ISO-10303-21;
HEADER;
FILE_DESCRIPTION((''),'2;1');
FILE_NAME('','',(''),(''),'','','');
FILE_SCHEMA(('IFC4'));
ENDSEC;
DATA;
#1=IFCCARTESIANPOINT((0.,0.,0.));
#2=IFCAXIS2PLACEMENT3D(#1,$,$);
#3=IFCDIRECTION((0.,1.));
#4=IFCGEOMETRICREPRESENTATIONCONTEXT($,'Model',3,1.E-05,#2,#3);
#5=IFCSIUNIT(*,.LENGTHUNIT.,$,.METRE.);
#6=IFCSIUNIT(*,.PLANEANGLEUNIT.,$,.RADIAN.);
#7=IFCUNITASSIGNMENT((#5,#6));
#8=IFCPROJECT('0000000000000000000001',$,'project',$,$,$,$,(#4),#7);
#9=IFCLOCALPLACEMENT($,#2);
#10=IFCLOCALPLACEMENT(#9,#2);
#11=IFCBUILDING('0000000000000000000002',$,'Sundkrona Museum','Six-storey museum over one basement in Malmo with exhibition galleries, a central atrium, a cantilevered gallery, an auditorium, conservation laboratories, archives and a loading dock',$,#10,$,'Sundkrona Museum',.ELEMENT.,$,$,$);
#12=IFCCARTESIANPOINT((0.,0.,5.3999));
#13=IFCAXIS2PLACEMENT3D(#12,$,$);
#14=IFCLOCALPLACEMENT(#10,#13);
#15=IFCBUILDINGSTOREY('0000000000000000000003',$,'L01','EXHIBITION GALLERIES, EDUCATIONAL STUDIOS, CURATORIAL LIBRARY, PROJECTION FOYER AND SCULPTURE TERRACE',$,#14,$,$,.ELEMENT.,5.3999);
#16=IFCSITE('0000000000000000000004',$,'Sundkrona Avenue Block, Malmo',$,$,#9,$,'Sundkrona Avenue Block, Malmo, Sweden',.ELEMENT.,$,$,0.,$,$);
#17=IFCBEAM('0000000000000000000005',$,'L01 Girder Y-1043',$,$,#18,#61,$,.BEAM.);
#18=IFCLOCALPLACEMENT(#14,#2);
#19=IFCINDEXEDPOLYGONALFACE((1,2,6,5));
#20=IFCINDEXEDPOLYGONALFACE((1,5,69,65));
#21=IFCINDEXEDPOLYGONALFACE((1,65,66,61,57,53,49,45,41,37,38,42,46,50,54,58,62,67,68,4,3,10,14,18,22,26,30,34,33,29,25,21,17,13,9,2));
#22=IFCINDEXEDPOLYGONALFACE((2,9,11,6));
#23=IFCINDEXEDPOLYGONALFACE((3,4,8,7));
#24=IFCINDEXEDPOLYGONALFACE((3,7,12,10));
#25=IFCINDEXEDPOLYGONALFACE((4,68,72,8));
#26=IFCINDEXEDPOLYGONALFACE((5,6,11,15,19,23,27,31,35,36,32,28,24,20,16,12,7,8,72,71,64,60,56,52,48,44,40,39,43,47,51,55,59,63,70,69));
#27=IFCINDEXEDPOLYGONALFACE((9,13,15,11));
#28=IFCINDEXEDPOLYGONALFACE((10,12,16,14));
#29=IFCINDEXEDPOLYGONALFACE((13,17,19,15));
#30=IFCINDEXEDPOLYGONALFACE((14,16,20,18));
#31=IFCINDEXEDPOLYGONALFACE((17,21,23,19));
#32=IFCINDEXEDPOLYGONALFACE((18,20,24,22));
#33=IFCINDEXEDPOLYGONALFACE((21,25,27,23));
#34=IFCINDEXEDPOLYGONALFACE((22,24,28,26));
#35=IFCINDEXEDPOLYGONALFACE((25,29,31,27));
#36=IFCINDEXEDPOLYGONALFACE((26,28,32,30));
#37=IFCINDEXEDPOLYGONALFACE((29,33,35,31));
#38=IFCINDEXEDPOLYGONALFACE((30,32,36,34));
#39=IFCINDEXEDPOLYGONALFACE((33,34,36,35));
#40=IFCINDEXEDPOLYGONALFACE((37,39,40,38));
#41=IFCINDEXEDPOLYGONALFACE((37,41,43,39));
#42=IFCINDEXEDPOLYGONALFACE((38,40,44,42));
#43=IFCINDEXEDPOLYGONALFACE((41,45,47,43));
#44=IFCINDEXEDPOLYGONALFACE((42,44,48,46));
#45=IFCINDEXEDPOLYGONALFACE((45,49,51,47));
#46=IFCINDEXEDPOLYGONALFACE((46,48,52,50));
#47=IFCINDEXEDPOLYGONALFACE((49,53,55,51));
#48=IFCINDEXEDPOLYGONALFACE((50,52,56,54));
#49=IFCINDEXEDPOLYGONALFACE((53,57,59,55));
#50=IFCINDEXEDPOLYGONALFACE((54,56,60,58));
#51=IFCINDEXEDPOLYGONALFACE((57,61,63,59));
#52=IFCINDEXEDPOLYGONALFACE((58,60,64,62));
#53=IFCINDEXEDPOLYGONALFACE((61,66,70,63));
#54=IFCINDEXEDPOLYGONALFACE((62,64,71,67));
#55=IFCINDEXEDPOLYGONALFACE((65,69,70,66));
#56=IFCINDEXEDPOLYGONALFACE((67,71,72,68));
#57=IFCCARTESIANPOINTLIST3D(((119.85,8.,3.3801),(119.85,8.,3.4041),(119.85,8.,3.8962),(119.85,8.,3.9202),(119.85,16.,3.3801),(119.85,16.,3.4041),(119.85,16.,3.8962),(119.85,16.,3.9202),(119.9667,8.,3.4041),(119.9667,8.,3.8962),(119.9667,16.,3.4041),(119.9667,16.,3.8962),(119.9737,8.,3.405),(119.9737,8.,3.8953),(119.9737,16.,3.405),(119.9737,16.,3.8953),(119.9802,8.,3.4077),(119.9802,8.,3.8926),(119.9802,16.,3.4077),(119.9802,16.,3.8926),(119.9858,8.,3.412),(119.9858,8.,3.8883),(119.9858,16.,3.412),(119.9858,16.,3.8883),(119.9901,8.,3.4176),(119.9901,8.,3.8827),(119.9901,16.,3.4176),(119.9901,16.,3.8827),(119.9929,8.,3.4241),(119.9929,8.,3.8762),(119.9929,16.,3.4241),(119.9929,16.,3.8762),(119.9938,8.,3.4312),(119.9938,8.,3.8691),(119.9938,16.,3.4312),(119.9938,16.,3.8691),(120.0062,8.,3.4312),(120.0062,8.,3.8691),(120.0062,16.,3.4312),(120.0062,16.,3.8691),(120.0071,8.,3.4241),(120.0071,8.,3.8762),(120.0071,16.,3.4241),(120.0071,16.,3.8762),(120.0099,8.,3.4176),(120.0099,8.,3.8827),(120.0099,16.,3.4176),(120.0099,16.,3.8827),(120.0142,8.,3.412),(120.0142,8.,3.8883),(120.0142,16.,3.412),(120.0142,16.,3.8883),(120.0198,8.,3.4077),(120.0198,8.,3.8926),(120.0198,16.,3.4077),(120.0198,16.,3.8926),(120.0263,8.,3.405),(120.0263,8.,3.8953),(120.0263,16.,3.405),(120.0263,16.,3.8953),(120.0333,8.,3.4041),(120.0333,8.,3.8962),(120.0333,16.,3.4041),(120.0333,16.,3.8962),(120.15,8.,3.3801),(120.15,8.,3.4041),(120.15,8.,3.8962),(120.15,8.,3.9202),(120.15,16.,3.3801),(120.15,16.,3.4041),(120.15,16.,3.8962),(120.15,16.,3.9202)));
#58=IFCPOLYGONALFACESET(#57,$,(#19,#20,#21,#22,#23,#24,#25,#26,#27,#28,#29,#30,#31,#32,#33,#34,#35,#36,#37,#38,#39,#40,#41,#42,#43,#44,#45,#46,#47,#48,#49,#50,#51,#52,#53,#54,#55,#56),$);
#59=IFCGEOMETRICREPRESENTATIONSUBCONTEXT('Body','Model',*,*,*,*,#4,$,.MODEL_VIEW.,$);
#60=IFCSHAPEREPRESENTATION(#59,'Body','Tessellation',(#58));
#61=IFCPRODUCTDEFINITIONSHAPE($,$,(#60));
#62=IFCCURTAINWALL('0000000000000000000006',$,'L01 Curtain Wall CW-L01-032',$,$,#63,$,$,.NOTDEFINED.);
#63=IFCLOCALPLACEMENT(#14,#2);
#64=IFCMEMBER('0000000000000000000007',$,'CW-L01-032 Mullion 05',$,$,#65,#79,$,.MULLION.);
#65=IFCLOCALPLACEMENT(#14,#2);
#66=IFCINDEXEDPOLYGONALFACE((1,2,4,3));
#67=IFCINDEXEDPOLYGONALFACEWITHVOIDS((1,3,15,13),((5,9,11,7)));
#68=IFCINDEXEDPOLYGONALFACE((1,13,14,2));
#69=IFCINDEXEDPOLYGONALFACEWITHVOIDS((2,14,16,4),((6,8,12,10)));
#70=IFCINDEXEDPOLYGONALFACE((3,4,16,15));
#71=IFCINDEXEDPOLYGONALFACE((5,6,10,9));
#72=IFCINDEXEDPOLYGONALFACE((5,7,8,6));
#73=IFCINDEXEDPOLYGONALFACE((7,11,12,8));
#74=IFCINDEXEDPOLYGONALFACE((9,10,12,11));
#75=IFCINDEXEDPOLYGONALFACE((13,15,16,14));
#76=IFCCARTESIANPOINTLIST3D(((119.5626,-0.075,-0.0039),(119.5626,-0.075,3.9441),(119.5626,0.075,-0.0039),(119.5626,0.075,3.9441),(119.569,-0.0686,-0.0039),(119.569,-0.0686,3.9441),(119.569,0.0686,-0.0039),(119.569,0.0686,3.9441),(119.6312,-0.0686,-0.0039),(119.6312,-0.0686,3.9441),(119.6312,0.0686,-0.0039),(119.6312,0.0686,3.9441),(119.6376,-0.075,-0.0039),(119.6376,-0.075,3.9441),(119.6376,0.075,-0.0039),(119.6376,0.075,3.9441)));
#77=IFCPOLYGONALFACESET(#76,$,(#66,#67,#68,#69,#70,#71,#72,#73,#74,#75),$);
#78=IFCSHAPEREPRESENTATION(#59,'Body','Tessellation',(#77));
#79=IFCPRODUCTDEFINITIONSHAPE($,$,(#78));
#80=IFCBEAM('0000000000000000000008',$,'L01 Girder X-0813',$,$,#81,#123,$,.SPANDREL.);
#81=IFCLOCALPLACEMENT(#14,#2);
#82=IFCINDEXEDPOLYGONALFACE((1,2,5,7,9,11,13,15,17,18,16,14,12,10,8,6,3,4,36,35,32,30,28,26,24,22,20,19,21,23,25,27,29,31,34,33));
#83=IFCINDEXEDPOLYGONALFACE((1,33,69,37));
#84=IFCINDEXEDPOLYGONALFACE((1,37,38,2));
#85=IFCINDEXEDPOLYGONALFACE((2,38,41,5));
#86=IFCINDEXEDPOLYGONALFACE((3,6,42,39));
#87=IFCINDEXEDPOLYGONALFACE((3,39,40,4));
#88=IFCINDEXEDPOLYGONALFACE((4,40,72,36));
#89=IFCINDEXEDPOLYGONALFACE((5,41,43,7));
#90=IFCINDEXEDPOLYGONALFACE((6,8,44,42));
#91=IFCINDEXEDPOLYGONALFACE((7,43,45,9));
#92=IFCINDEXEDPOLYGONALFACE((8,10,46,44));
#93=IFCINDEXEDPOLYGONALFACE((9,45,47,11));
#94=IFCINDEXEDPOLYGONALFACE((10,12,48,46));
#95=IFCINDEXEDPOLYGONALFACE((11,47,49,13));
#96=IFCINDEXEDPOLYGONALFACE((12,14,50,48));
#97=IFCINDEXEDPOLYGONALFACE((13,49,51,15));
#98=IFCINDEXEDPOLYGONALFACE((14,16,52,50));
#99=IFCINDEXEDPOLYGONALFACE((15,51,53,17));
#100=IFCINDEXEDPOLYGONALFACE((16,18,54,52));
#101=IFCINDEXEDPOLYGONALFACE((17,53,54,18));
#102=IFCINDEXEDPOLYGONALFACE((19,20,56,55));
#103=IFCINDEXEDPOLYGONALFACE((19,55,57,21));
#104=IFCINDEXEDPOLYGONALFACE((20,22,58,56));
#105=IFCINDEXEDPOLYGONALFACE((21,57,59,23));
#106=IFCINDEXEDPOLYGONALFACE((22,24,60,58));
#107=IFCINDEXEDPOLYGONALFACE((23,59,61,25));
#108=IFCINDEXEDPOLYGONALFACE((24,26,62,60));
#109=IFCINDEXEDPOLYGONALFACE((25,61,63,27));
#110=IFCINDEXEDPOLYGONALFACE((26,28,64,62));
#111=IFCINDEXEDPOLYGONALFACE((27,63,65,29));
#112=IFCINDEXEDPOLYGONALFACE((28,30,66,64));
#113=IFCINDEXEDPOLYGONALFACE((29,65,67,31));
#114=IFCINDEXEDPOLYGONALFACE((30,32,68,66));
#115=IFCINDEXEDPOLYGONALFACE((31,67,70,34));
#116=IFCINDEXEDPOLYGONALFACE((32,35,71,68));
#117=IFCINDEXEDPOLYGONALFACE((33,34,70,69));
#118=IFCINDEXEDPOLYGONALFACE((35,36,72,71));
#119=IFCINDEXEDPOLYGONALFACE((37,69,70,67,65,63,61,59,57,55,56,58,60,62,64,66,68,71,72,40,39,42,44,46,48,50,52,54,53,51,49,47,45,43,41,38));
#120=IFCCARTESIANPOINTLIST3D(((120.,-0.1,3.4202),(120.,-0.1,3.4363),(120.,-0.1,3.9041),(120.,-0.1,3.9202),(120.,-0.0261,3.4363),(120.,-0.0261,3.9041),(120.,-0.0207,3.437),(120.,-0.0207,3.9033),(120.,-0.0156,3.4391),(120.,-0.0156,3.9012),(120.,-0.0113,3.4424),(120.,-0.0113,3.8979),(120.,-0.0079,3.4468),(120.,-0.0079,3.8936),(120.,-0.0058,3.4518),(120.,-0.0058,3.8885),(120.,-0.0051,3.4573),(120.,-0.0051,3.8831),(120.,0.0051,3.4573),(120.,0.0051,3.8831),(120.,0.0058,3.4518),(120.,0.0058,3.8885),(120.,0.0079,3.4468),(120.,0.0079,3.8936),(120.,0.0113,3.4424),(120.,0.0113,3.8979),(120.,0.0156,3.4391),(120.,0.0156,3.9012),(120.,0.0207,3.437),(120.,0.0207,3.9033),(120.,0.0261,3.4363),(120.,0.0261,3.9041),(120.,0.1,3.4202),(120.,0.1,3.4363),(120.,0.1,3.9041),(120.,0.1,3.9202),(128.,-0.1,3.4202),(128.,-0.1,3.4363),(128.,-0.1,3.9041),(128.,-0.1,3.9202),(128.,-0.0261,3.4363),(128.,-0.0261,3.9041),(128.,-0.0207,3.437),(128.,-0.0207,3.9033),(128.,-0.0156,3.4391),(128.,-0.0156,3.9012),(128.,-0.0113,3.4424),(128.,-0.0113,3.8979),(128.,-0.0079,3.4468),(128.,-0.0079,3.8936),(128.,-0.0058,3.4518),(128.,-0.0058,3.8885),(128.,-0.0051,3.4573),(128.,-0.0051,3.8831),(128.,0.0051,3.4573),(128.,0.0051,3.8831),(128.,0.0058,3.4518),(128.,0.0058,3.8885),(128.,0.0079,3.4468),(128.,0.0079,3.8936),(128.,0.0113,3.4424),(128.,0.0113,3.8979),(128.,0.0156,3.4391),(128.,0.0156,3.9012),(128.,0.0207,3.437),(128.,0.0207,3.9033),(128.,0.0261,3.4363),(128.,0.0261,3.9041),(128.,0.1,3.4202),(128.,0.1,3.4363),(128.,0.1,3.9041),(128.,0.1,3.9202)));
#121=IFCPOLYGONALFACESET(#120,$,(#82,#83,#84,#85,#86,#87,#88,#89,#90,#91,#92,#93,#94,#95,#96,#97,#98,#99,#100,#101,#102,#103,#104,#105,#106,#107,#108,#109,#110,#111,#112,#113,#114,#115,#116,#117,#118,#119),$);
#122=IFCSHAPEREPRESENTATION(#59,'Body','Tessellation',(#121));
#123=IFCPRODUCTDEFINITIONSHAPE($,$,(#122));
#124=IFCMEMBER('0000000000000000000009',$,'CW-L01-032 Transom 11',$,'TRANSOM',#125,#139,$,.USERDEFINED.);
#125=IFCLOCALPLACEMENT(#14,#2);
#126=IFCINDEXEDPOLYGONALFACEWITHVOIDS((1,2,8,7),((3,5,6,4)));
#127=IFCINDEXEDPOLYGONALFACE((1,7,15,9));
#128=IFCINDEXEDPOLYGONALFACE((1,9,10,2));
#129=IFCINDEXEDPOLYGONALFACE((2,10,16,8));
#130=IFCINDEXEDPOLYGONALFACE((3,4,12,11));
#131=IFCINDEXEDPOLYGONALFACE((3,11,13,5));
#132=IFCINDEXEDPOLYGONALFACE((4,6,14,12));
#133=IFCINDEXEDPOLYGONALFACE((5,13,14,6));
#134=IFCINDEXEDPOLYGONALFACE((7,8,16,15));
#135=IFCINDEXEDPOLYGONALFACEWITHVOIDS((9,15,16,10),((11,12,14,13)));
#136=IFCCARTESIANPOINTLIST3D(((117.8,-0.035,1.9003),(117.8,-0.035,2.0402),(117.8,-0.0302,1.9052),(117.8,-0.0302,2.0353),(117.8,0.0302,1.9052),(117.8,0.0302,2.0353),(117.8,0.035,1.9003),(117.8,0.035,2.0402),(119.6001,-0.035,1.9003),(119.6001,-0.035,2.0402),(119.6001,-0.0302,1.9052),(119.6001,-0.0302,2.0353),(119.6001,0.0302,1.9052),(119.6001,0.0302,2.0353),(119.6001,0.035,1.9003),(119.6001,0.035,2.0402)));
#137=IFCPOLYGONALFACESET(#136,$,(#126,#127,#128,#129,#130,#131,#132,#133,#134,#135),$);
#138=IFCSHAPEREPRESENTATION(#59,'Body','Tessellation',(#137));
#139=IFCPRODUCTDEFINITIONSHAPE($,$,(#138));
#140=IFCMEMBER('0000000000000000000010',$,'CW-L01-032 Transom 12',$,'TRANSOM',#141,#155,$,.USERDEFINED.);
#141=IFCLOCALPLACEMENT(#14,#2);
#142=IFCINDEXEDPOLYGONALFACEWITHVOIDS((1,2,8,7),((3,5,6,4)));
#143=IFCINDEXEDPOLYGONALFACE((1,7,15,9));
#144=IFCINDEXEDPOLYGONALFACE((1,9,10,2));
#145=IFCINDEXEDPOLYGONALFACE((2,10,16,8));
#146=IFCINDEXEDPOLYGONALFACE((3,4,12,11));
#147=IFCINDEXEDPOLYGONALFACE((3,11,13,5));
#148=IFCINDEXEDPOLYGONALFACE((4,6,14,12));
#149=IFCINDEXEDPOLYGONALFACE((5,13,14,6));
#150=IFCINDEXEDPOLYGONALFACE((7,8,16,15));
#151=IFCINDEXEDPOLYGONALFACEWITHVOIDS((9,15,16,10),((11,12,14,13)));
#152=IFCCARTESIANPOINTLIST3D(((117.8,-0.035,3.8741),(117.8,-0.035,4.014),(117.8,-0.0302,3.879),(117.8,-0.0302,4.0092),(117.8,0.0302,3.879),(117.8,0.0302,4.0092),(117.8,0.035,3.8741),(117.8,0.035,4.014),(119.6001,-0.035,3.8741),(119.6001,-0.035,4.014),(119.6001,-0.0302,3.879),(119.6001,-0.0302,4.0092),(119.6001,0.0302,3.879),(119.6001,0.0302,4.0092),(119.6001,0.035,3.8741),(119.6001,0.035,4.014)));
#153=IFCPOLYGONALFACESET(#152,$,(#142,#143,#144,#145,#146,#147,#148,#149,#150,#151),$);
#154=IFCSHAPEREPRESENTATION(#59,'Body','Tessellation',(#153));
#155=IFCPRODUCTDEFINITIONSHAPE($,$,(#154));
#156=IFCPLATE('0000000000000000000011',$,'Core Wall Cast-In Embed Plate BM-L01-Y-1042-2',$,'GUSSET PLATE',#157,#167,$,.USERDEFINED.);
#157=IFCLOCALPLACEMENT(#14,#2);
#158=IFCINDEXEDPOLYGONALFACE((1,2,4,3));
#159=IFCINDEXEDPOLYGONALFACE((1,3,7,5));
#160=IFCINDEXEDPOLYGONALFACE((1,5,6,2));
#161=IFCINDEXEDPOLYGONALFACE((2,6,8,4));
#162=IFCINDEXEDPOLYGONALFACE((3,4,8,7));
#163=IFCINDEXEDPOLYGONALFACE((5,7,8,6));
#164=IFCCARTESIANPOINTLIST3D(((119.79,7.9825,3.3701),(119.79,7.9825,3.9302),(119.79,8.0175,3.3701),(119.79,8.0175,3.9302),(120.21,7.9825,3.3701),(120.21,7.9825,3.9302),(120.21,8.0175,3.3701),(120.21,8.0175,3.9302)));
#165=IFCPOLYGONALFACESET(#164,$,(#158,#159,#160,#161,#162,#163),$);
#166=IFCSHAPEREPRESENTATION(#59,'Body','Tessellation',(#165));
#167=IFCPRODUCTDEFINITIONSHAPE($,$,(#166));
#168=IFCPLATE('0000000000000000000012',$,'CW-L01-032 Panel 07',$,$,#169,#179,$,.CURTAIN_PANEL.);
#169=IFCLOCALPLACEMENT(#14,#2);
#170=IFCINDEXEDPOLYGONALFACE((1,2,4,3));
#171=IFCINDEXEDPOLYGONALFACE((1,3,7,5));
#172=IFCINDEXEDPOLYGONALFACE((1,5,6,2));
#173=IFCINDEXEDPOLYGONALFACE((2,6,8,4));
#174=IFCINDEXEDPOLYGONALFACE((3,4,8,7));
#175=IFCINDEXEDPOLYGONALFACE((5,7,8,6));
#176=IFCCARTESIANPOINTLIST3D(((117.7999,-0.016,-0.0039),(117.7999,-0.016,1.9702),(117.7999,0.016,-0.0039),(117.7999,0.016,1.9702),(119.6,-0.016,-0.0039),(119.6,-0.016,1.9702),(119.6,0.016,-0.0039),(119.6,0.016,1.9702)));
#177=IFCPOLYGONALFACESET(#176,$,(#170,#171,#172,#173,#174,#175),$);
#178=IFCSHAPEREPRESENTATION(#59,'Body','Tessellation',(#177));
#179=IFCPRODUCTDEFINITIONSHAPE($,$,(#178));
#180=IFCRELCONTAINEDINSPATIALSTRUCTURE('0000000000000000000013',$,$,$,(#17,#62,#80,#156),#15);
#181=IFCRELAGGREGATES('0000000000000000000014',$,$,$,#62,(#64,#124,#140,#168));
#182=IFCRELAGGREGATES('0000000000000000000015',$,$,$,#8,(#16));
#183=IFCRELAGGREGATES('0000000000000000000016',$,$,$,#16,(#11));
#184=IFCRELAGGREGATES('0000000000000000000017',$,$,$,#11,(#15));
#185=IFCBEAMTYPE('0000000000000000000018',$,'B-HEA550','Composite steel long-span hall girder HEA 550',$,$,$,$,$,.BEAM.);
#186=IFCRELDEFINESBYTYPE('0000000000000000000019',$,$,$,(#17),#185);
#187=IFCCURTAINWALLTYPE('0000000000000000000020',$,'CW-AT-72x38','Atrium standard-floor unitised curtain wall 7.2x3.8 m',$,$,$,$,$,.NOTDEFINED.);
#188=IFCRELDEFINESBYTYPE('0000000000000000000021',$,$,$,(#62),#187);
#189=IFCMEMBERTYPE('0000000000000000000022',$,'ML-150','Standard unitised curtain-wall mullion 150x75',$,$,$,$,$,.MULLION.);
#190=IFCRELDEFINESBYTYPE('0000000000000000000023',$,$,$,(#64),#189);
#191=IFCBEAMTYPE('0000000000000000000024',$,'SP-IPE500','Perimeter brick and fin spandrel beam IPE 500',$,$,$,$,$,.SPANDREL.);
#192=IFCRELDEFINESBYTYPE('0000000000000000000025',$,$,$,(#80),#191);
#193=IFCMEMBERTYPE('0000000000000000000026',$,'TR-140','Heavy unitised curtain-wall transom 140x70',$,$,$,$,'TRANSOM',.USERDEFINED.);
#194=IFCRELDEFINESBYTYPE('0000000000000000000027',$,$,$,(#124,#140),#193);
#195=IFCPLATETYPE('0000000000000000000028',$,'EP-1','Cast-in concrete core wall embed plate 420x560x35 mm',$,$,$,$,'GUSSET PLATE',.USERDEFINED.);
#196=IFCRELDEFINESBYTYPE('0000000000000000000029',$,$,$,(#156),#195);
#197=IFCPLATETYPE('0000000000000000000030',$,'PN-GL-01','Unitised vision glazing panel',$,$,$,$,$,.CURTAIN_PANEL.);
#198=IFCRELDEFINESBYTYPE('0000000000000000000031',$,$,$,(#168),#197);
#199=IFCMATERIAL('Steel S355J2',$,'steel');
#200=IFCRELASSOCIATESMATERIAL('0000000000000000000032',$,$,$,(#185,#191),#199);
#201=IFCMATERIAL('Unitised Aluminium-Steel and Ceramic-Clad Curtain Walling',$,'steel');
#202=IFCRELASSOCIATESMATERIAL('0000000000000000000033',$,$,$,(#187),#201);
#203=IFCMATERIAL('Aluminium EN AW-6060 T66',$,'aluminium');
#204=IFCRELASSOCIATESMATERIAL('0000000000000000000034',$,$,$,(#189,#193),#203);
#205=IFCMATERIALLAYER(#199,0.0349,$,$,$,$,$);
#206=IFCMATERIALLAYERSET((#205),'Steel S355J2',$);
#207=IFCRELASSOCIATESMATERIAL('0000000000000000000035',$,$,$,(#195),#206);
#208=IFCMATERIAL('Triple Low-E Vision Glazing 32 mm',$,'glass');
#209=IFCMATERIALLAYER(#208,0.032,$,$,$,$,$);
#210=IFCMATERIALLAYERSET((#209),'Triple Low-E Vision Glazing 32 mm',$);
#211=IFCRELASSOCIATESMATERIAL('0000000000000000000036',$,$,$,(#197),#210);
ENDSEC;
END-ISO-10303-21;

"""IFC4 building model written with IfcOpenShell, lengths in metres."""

from ifc_helpers import new_model, si_unit, direction, frame, origin, origin_2d, place, context, subcontext, project, spatial, rectangle, hollow_rectangle, i_section, extrude, material, layer, layer_set, material_profile, profile_set, type_object, element, aggregate, save


model = new_model("IFC4")

# Units and contexts
model_context = context("Model", 3, precision=1e-05, world=origin(), true_north=direction((0.0, 1.0)))
body_context = subcontext(model_context, "Body", "Model", "MODEL_VIEW")
ifc_project = project(units=[si_unit("LENGTHUNIT", "METRE"), si_unit("PLANEANGLEUNIT", "RADIAN")], contexts=[model_context])

# Site, building, storey
site_placement = place(None, origin())
site = spatial("IfcSite", under=ifc_project, at=site_placement, Name="Sundkrona Avenue Block, Malmo", LongName="Sundkrona Avenue Block, Malmo, Sweden", CompositionType="ELEMENT", RefElevation=0.0)
building_placement = place(site_placement, origin())
building = spatial("IfcBuilding", under=site, at=building_placement, Name="Sundkrona Museum", Description="Six-storey museum over one basement in Malmo with exhibition galleries, a central atrium, a cantilevered gallery, an auditorium, conservation laboratories, archives and a loading dock", LongName="Sundkrona Museum", CompositionType="ELEMENT")
storey_placement = place(building_placement, frame((0.0, 0.0, 5.3999)))
storey = spatial("IfcBuildingStorey", under=building, at=storey_placement, Name="L01", Description="EXHIBITION GALLERIES, EDUCATIONAL STUDIOS, CURATORIAL LIBRARY, PROJECTION FOYER AND SCULPTURE TERRACE", CompositionType="ELEMENT", Elevation=5.3999)

# Shared definitions
ifc_material_1 = material(Name="Steel S355J2", Category="steel")

# Beam
ifc_material_profile_1 = material_profile(ifc_material_1, i_section(OverallWidth=0.3, OverallDepth=0.54, WebThickness=0.0125, FlangeThickness=0.0239, FilletRadius=0.0271, at=origin_2d()), Name="HEA 550")
ifc_profile_set_1 = profile_set([ifc_material_profile_1], Name="Steel S355J2")
beam_type_1 = type_object("IfcBeamType", Name="B-HEA550", Description="Composite steel long-span hall girder HEA 550", PredefinedType="BEAM", material=ifc_profile_set_1)
for number, where, z_axis, x_axis, name in (
    (1, (120.0, 8.0, 3.6501), (0.0, 1.0, 0.0), (-1.0, 0.0, 0.0), "L01 Girder Y-1043"),
):
    element("IfcBeam", number, at=place(storey_placement, frame(where, z_axis=z_axis, x_axis=x_axis)), inside=storey, type_object=beam_type_1, Name=name, PredefinedType="BEAM", context=body_context, shape_type="SweptSolid", body=[
        extrude(i_section(OverallWidth=0.3, OverallDepth=0.54, WebThickness=0.0125, FlangeThickness=0.0239, FilletRadius=0.0271, at=origin_2d()), origin(), (0.0, 0.0, 1.0), 8.0),
    ])

# Curtain wall, member
ifc_material_2 = material(Name="Unitised Aluminium-Steel and Ceramic-Clad Curtain Walling", Category="steel")
curtain_wall_type = type_object("IfcCurtainWallType", Name="CW-AT-72x38", Description="Atrium standard-floor unitised curtain wall 7.2x3.8 m", PredefinedType="NOTDEFINED", material=ifc_material_2)
curtain_wall_placement = place(storey_placement, origin())
curtain_wall = element("IfcCurtainWall", 2, at=curtain_wall_placement, inside=storey, type_object=curtain_wall_type, Name="L01 Curtain Wall CW-L01-032", PredefinedType="NOTDEFINED")
ifc_material_3 = material(Name="Aluminium EN AW-6060 T66", Category="aluminium")
ifc_material_profile_2 = material_profile(ifc_material_3, hollow_rectangle(XDim=0.075, YDim=0.1499, WallThickness=0.0063, at=origin_2d()), Name="RHS 150x75x6.3")
ifc_profile_set_2 = profile_set([ifc_material_profile_2], Name="Aluminium EN AW-6060 T66")
member_type_1 = type_object("IfcMemberType", Name="ML-150", Description="Standard unitised curtain-wall mullion 150x75", PredefinedType="MULLION", material=ifc_profile_set_2)
member_1_placement = place(storey_placement, frame((119.6001, 0.0, -0.0039), z_axis=(0.0, 0.0, 1.0), x_axis=(1.0, 0.0, 0.0)))
member_1 = element("IfcMember", 3, at=member_1_placement, type_object=member_type_1, Name="CW-L01-032 Mullion 05", PredefinedType="MULLION", context=body_context, shape_type="SweptSolid", body=[
    extrude(hollow_rectangle(XDim=0.075, YDim=0.1499, WallThickness=0.0063, at=origin_2d()), origin(), (0.0, 0.0, 1.0), 3.948),
])

# Beam
ifc_material_profile_3 = material_profile(ifc_material_1, i_section(OverallWidth=0.2, OverallDepth=0.5, WebThickness=0.0103, FlangeThickness=0.0161, FilletRadius=0.021, at=origin_2d()), Name="IPE 500")
ifc_profile_set_3 = profile_set([ifc_material_profile_3], Name="Steel S355J2")
beam_type_2 = type_object("IfcBeamType", Name="SP-IPE500", Description="Perimeter brick and fin spandrel beam IPE 500", PredefinedType="SPANDREL", material=ifc_profile_set_3)
beam_placement = place(storey_placement, frame((120.0, 0.0, 3.6702), z_axis=(1.0, 0.0, 0.0), x_axis=(0.0, 1.0, 0.0)))
element("IfcBeam", 4, at=beam_placement, inside=storey, type_object=beam_type_2, Name="L01 Girder X-0813", PredefinedType="SPANDREL", context=body_context, shape_type="SweptSolid", body=[
    extrude(i_section(OverallWidth=0.2, OverallDepth=0.5, WebThickness=0.0103, FlangeThickness=0.0161, FilletRadius=0.021, at=origin_2d()), origin(), (0.0, 0.0, 1.0), 8.0),
])

# Members
ifc_material_profile_4 = material_profile(ifc_material_3, hollow_rectangle(XDim=0.0701, YDim=0.1399, WallThickness=0.0049, at=origin_2d()), Name="RHS 140x70x5.0")
ifc_profile_set_4 = profile_set([ifc_material_profile_4], Name="Aluminium EN AW-6060 T66")
member_type_2 = type_object("IfcMemberType", Name="TR-140", Description="Heavy unitised curtain-wall transom 140x70", ElementType="TRANSOM", PredefinedType="USERDEFINED", material=ifc_profile_set_4)
member_2_placement = place(storey_placement, frame((117.8, 0.0, 1.9702), z_axis=(1.0, 0.0, 0.0), x_axis=(0.0, 1.0, 0.0)))
member_2 = element("IfcMember", 5, at=member_2_placement, type_object=member_type_2, Name="CW-L01-032 Transom 11", ObjectType="TRANSOM", PredefinedType="USERDEFINED", context=body_context, shape_type="SweptSolid", body=[
    extrude(hollow_rectangle(XDim=0.0701, YDim=0.1399, WallThickness=0.0049, at=origin_2d()), origin(), (0.0, 0.0, 1.0), 1.8),
])
member_3_placement = place(storey_placement, frame((117.8, 0.0, 3.9441), z_axis=(1.0, 0.0, 0.0), x_axis=(0.0, 1.0, 0.0)))
member_3 = element("IfcMember", 6, at=member_3_placement, type_object=member_type_2, Name="CW-L01-032 Transom 12", ObjectType="TRANSOM", PredefinedType="USERDEFINED", context=body_context, shape_type="SweptSolid", body=[
    extrude(hollow_rectangle(XDim=0.0701, YDim=0.1399, WallThickness=0.0049, at=origin_2d()), origin(), (0.0, 0.0, 1.0), 1.8),
])

# Plates
ifc_layer_1 = layer(ifc_material_1, 0.0349)
ifc_layer_set_1 = layer_set([ifc_layer_1], Name="Steel S355J2")
plate_type_1 = type_object("IfcPlateType", Name="EP-1", Description="Cast-in concrete core wall embed plate 420x560x35 mm", ElementType="GUSSET PLATE", PredefinedType="USERDEFINED", material=ifc_layer_set_1)
plate_1_placement = place(storey_placement, frame((120.0, 8.0, 3.3701), z_axis=(0.0, 0.0, 1.0), x_axis=(1.0, 0.0, 0.0)))
element("IfcPlate", 7, at=plate_1_placement, inside=storey, type_object=plate_type_1, Name="Core Wall Cast-In Embed Plate BM-L01-Y-1042-2", ObjectType="GUSSET PLATE", PredefinedType="USERDEFINED", context=body_context, shape_type="SweptSolid", body=[
    extrude(rectangle(XDim=0.4199, YDim=0.0349, at=origin_2d()), origin(), (0.0, 0.0, 1.0), 0.5601),
])
ifc_material_4 = material(Name="Triple Low-E Vision Glazing 32 mm", Category="glass")
ifc_layer_2 = layer(ifc_material_4, 0.032)
ifc_layer_set_2 = layer_set([ifc_layer_2], Name="Triple Low-E Vision Glazing 32 mm")
plate_type_2 = type_object("IfcPlateType", Name="PN-GL-01", Description="Unitised vision glazing panel", PredefinedType="CURTAIN_PANEL", material=ifc_layer_set_2)
plate_2_placement = place(storey_placement, frame((118.7, 0.0, -0.0039), z_axis=(0.0, 0.0, 1.0), x_axis=(1.0, 0.0, 0.0)))
plate_2 = element("IfcPlate", 8, at=plate_2_placement, type_object=plate_type_2, Name="CW-L01-032 Panel 07", PredefinedType="CURTAIN_PANEL", context=body_context, shape_type="SweptSolid", body=[
    extrude(rectangle(XDim=1.8, YDim=0.032, at=origin_2d()), origin(), (0.0, 0.0, 1.0), 1.9741),
])
aggregate(curtain_wall, [member_1, member_2, member_3, plate_2])

save(model, "model.ifc")
